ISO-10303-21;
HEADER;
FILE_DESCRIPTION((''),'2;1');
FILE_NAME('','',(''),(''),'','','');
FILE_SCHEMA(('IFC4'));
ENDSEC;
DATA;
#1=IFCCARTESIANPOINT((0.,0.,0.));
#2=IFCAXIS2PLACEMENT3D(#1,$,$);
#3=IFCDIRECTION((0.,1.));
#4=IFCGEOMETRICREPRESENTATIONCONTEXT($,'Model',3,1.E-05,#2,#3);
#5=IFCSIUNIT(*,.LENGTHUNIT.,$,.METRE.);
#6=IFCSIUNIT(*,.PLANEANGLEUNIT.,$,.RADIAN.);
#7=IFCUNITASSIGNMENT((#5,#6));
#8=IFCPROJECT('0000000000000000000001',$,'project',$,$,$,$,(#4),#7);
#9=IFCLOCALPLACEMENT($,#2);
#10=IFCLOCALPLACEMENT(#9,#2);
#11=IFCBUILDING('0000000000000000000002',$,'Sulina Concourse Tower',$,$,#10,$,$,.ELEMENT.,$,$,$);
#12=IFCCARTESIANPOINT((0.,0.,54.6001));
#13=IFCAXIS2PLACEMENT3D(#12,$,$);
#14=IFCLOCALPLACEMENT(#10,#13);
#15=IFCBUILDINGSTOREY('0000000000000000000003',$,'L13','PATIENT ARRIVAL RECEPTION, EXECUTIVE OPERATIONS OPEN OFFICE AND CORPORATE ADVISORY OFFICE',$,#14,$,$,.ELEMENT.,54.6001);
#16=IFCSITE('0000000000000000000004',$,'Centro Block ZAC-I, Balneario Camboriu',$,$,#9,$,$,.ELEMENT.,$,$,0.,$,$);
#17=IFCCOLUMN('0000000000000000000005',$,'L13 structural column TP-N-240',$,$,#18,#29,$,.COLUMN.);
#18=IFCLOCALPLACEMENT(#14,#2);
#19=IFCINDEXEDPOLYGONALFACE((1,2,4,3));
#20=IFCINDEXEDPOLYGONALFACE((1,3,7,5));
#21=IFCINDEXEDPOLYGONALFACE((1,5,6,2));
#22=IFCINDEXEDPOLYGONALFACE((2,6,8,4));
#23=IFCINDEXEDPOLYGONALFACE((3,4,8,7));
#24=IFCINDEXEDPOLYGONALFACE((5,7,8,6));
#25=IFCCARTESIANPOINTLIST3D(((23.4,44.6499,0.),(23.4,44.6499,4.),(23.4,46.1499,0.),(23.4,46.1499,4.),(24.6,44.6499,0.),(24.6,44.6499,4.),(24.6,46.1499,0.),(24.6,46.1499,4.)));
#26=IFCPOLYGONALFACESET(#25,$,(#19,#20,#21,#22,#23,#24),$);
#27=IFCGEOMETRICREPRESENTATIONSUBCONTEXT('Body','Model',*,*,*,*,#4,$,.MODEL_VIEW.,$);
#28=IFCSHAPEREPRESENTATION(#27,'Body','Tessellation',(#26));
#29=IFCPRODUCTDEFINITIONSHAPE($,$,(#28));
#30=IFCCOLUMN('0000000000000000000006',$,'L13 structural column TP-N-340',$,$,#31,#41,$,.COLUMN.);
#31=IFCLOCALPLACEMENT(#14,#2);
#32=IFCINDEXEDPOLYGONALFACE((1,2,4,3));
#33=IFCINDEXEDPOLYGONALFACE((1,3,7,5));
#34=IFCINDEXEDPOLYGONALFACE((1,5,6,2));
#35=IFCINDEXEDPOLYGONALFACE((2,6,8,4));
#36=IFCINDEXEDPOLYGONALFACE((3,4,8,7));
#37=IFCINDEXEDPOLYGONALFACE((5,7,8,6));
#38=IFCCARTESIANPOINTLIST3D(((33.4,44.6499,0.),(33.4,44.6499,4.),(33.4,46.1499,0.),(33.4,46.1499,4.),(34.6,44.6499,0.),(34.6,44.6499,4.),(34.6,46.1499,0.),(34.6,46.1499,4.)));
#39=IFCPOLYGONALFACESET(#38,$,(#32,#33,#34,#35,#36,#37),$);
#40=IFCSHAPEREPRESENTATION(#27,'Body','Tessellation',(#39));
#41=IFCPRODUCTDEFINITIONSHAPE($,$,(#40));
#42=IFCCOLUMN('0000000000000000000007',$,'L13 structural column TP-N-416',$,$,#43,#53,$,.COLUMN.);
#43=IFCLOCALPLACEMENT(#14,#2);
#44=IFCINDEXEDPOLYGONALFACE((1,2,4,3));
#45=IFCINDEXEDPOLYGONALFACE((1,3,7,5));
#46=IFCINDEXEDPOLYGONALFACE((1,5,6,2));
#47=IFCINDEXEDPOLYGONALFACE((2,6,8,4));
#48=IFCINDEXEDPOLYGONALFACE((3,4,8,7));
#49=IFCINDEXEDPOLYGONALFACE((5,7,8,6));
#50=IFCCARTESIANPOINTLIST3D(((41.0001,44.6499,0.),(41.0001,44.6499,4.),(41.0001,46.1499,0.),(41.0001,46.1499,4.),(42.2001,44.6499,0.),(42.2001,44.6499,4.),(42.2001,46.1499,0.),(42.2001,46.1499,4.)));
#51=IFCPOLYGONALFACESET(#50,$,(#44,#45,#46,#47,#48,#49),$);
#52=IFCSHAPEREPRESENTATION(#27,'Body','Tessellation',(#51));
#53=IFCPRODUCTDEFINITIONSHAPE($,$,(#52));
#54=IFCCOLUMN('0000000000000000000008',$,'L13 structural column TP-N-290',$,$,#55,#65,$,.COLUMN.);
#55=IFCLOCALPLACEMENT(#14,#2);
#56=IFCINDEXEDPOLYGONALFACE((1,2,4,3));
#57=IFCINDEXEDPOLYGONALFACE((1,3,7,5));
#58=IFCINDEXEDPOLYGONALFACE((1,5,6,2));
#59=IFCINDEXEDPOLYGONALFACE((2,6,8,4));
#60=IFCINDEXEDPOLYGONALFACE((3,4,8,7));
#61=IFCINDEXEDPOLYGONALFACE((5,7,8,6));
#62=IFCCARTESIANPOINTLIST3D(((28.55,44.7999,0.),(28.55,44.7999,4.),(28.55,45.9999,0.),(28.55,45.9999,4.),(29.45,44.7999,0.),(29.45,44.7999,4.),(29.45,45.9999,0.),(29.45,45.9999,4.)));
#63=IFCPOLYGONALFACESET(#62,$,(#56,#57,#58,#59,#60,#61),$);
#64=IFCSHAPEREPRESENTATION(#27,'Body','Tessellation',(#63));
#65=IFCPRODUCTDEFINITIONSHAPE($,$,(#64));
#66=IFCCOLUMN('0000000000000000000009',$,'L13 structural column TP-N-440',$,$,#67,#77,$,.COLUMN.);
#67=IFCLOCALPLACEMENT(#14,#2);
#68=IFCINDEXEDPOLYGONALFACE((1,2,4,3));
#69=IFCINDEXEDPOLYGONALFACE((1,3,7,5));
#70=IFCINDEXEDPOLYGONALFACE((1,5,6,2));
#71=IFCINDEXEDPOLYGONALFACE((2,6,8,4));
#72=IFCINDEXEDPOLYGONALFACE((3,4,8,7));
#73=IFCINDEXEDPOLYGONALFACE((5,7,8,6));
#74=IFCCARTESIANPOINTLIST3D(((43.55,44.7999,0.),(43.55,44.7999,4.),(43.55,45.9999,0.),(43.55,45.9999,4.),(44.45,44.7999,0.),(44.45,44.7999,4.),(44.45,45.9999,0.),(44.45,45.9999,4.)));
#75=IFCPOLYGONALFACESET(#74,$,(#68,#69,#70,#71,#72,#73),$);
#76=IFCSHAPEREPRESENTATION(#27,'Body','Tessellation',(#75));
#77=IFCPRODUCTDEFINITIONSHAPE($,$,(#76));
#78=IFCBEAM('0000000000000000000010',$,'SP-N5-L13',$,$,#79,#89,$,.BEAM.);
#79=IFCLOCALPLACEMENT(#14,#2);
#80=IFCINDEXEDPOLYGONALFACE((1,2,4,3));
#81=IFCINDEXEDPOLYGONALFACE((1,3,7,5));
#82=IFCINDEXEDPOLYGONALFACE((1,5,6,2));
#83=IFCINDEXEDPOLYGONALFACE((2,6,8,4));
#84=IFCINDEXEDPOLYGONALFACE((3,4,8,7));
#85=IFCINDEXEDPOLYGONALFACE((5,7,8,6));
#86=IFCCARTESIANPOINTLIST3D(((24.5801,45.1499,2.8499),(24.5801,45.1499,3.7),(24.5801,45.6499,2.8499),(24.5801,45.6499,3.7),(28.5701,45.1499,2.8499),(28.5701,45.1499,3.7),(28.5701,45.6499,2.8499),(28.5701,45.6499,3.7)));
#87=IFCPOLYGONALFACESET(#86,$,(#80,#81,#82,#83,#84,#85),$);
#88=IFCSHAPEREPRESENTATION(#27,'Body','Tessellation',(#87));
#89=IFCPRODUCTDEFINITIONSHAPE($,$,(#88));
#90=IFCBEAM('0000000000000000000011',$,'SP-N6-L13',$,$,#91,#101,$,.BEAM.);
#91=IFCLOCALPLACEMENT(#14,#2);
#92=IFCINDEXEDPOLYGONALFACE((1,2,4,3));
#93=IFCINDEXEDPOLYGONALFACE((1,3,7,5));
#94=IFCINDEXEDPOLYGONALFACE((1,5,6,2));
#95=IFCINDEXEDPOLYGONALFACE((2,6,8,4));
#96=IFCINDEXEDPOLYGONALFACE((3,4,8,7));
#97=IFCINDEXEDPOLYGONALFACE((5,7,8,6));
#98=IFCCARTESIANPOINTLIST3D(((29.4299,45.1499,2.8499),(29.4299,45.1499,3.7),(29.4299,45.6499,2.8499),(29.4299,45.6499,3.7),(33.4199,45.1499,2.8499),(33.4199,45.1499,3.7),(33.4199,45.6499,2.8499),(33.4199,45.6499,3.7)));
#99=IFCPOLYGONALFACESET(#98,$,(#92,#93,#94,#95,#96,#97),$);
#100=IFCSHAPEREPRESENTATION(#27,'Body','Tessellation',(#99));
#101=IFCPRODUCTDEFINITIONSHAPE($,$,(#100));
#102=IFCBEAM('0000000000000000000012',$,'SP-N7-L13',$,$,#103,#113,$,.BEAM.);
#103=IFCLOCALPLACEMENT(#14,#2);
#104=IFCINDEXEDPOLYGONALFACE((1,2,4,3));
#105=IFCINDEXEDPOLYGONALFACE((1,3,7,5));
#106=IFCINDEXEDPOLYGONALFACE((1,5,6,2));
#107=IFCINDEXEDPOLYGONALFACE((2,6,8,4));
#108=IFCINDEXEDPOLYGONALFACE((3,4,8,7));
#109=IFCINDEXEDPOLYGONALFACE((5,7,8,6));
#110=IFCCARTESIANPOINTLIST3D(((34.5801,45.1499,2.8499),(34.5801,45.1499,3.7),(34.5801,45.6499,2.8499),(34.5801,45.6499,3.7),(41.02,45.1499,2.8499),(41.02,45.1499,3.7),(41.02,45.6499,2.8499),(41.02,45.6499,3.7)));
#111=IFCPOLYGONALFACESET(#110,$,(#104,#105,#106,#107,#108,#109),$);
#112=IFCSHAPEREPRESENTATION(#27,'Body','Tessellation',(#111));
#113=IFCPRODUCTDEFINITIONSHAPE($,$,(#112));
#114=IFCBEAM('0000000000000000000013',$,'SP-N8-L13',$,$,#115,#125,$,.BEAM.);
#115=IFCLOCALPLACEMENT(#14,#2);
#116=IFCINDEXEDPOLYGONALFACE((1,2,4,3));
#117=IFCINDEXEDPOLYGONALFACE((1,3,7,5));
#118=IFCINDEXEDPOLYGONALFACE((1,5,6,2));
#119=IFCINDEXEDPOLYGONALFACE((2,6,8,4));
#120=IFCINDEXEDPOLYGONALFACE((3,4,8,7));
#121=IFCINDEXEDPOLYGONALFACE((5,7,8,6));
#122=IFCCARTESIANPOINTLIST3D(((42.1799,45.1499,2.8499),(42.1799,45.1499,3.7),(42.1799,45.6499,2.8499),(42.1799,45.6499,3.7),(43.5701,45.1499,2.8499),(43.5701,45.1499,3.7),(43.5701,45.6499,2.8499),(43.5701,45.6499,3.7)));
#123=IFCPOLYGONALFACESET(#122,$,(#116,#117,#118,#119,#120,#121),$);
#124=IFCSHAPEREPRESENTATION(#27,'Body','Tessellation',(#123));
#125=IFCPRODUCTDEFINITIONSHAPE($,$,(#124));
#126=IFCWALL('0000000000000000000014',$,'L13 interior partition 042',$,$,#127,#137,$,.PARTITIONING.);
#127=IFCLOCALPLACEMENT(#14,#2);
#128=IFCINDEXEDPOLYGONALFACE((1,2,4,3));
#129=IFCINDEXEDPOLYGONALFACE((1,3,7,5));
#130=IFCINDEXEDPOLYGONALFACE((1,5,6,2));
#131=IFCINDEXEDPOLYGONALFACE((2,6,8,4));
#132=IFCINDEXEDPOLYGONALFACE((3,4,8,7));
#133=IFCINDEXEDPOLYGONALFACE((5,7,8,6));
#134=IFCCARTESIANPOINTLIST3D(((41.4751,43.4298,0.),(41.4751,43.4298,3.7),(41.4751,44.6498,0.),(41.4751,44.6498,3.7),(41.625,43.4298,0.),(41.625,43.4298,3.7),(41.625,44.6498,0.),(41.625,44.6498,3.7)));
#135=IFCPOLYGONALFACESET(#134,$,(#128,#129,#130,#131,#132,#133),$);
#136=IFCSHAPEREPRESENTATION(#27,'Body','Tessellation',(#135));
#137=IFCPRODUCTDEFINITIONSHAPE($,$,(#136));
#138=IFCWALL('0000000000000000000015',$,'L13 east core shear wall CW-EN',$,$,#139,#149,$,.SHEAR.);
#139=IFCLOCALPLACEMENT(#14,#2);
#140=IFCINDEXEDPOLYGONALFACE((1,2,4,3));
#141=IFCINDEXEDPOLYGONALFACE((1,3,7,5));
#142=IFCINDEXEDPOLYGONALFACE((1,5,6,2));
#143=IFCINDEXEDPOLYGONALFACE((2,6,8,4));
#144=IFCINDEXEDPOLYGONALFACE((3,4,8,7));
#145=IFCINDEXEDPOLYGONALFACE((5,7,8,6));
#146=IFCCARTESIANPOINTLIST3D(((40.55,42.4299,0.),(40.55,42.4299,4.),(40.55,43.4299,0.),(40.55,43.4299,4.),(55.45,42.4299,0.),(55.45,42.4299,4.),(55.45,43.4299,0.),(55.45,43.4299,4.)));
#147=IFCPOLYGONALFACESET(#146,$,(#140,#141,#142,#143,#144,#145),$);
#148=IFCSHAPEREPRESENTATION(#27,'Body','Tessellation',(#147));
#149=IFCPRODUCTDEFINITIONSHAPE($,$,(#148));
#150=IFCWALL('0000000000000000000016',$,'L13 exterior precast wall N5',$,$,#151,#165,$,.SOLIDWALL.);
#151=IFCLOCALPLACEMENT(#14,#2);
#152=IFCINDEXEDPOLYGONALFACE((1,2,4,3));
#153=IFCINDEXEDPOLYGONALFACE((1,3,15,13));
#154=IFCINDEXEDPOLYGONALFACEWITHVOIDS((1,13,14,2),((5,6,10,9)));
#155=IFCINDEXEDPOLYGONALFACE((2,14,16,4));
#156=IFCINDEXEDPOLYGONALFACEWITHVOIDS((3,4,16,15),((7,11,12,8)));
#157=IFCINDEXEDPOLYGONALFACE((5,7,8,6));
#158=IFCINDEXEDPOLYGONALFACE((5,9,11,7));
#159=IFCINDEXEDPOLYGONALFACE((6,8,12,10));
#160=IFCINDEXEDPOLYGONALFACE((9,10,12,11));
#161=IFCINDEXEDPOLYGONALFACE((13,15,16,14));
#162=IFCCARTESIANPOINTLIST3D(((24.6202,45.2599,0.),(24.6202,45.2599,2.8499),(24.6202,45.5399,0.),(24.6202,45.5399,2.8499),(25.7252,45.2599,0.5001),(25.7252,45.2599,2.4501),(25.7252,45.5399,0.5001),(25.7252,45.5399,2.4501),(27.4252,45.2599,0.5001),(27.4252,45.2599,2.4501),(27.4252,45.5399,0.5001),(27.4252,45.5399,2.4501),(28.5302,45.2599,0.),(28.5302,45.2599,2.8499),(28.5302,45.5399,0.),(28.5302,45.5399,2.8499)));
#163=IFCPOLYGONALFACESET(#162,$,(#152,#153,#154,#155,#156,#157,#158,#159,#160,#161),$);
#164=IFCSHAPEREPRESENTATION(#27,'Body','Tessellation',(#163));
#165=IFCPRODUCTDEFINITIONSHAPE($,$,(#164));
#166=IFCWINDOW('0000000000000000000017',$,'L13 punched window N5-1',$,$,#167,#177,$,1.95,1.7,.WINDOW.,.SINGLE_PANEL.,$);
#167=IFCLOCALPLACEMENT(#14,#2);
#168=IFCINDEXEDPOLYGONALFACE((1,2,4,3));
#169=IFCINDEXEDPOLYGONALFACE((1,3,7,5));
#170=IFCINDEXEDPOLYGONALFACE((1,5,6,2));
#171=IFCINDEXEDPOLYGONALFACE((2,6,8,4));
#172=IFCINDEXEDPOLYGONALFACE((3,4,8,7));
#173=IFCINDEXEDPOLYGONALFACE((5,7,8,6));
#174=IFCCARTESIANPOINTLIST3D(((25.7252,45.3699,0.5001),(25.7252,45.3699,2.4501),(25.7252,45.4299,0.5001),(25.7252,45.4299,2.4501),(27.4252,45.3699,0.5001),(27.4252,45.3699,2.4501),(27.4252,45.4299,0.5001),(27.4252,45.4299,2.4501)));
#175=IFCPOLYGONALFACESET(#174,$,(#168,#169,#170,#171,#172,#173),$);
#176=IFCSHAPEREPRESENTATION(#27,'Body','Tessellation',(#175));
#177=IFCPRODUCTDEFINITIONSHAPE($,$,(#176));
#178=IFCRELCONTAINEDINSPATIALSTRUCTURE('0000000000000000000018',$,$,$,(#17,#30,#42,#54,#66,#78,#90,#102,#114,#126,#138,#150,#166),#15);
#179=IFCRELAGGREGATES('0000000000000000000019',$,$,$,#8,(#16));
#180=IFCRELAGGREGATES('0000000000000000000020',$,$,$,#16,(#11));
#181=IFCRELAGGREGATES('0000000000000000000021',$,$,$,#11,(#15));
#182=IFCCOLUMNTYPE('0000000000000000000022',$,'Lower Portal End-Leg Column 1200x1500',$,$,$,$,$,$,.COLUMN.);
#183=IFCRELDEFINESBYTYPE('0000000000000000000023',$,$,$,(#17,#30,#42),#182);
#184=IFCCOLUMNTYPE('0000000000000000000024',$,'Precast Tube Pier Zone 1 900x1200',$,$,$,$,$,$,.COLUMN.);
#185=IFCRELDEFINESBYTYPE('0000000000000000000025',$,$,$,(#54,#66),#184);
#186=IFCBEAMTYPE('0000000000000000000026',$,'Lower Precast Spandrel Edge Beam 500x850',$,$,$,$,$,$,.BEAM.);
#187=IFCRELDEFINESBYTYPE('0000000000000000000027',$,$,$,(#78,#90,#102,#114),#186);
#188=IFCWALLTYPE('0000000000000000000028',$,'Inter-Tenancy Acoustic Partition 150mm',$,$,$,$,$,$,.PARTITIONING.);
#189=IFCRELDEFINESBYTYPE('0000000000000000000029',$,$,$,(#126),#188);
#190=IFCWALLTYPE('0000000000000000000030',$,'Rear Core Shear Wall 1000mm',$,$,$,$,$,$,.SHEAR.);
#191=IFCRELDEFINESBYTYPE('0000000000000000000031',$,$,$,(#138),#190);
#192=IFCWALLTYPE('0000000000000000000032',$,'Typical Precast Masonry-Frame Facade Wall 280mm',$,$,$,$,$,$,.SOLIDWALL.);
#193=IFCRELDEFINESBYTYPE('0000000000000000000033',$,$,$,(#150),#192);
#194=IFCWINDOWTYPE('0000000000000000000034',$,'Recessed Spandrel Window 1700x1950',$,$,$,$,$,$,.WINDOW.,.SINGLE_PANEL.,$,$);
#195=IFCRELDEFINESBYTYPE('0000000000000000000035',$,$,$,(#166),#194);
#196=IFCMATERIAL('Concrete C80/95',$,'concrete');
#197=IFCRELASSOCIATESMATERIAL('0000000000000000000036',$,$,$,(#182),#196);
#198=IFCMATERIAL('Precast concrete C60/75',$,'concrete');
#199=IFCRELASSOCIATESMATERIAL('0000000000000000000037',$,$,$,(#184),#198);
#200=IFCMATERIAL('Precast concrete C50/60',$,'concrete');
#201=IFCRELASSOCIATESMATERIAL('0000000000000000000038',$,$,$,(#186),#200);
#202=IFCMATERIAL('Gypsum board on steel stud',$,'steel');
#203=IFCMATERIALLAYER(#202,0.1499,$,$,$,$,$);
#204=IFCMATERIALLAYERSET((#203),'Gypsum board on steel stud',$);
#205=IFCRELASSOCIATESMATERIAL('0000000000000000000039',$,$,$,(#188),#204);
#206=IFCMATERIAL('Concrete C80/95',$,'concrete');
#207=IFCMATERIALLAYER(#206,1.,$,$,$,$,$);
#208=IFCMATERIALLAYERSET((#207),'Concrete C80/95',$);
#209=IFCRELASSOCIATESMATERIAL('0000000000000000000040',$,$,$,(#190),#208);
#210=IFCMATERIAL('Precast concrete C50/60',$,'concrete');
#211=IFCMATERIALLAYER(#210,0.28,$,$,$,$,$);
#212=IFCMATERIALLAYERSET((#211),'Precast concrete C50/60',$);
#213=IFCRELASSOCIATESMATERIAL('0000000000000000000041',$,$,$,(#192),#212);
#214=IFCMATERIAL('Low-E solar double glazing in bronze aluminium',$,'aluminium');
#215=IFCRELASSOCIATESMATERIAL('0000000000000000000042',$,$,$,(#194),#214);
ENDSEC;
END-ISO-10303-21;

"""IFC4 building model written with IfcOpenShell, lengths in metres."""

from ifc_helpers import new_model, si_unit, direction, frame, frame_2d, origin, origin_2d, place, context, subcontext, project, spatial, rectangle, extrude, material, layer, layer_set, material_profile, profile_set, type_object, element, fill, save


model = new_model("IFC4")

# Units and contexts
model_context = context("Model", 3, precision=1e-05, world=origin(), true_north=direction((0.0, 1.0)))
body_context = subcontext(model_context, "Body", "Model", "MODEL_VIEW")
ifc_project = project(units=[si_unit("LENGTHUNIT", "METRE"), si_unit("PLANEANGLEUNIT", "RADIAN")], contexts=[model_context])

# Site, building, storey
site_placement = place(None, origin())
site = spatial("IfcSite", under=ifc_project, at=site_placement, Name="Centro Block ZAC-I, Balneario Camboriu", CompositionType="ELEMENT", RefElevation=0.0)
building_placement = place(site_placement, origin())
building = spatial("IfcBuilding", under=site, at=building_placement, Name="Sulina Concourse Tower", CompositionType="ELEMENT")
storey_placement = place(building_placement, frame((0.0, 0.0, 54.6001)))
storey = spatial("IfcBuildingStorey", under=building, at=storey_placement, Name="L13", Description="PATIENT ARRIVAL RECEPTION, EXECUTIVE OPERATIONS OPEN OFFICE AND CORPORATE ADVISORY OFFICE", CompositionType="ELEMENT", Elevation=54.6001)

# Columns
ifc_material_1 = material(Name="Concrete C80/95", Category="concrete")
ifc_material_profile_1 = material_profile(ifc_material_1, rectangle(XDim=1.2, YDim=1.5, at=origin_2d()), Name="RC 1200x1500")
ifc_profile_set_1 = profile_set([ifc_material_profile_1], Name="Concrete C80/95")
column_type_1 = type_object("IfcColumnType", Name="Lower Portal End-Leg Column 1200x1500", PredefinedType="COLUMN", material=ifc_profile_set_1)
for number, where, z_axis, x_axis, name in (
    (1, (24.0, 45.3999, 0.0), (0.0, 0.0, 1.0), (1.0, 0.0, 0.0), "L13 structural column TP-N-240"),
    (2, (34.0, 45.3999, 0.0), (0.0, 0.0, 1.0), (1.0, 0.0, 0.0), "L13 structural column TP-N-340"),
    (3, (41.6001, 45.3999, 0.0), (0.0, 0.0, 1.0), (1.0, 0.0, 0.0), "L13 structural column TP-N-416"),
):
    element("IfcColumn", number, at=place(storey_placement, frame(where, z_axis=z_axis, x_axis=x_axis)), inside=storey, type_object=column_type_1, Name=name, PredefinedType="COLUMN", context=body_context, shape_type="SweptSolid", body=[
        extrude(rectangle(XDim=1.2, YDim=1.5, at=origin_2d()), origin(), (0.0, 0.0, 1.0), 4.0),
    ])
ifc_material_2 = material(Name="Precast concrete C60/75", Category="concrete")
ifc_material_profile_2 = material_profile(ifc_material_2, rectangle(XDim=0.8999, YDim=1.2, at=origin_2d()), Name="PC 900x1200")
ifc_profile_set_2 = profile_set([ifc_material_profile_2], Name="Precast concrete C60/75")
column_type_2 = type_object("IfcColumnType", Name="Precast Tube Pier Zone 1 900x1200", PredefinedType="COLUMN", material=ifc_profile_set_2)
for number, where, z_axis, x_axis, name in (
    (4, (29.0, 45.3999, 0.0), (0.0, 0.0, 1.0), (1.0, 0.0, 0.0), "L13 structural column TP-N-290"),
    (5, (44.0, 45.3999, 0.0), (0.0, 0.0, 1.0), (1.0, 0.0, 0.0), "L13 structural column TP-N-440"),
):
    element("IfcColumn", number, at=place(storey_placement, frame(where, z_axis=z_axis, x_axis=x_axis)), inside=storey, type_object=column_type_2, Name=name, PredefinedType="COLUMN", context=body_context, shape_type="SweptSolid", body=[
        extrude(rectangle(XDim=0.8999, YDim=1.2, at=origin_2d()), origin(), (0.0, 0.0, 1.0), 4.0),
    ])

# Beams
ifc_material_3 = material(Name="Precast concrete C50/60", Category="concrete")
ifc_material_profile_3 = material_profile(ifc_material_3, rectangle(XDim=0.5, YDim=0.8501, at=origin_2d()), Name="RC 500x850")
ifc_profile_set_3 = profile_set([ifc_material_profile_3], Name="Precast concrete C50/60")
beam_type = type_object("IfcBeamType", Name="Lower Precast Spandrel Edge Beam 500x850", PredefinedType="BEAM", material=ifc_profile_set_3)
for number, where, z_axis, x_axis, name in (
    (6, (24.5801, 45.3999, 3.2749), (1.0, 0.0, 0.0), (0.0, 1.0, 0.0), "SP-N5-L13"),
    (7, (29.4299, 45.3999, 3.2749), (1.0, 0.0, 0.0), (0.0, 1.0, 0.0), "SP-N6-L13"),
):
    element("IfcBeam", number, at=place(storey_placement, frame(where, z_axis=z_axis, x_axis=x_axis)), inside=storey, type_object=beam_type, Name=name, PredefinedType="BEAM", context=body_context, shape_type="SweptSolid", body=[
        extrude(rectangle(XDim=0.5, YDim=0.8501, at=origin_2d()), origin(), (0.0, 0.0, 1.0), 3.99),
    ])
beam_1_placement = place(storey_placement, frame((34.5801, 45.3999, 3.2749), z_axis=(1.0, 0.0, 0.0), x_axis=(0.0, 1.0, 0.0)))
element("IfcBeam", 8, at=beam_1_placement, inside=storey, type_object=beam_type, Name="SP-N7-L13", PredefinedType="BEAM", context=body_context, shape_type="SweptSolid", body=[
    extrude(rectangle(XDim=0.5, YDim=0.8501, at=origin_2d()), origin(), (0.0, 0.0, 1.0), 6.4399),
])
beam_2_placement = place(storey_placement, frame((42.1799, 45.3999, 3.2749), z_axis=(1.0, 0.0, 0.0), x_axis=(0.0, 1.0, 0.0)))
element("IfcBeam", 9, at=beam_2_placement, inside=storey, type_object=beam_type, Name="SP-N8-L13", PredefinedType="BEAM", context=body_context, shape_type="SweptSolid", body=[
    extrude(rectangle(XDim=0.5, YDim=0.8501, at=origin_2d()), origin(), (0.0, 0.0, 1.0), 1.3901),
])

# Walls
ifc_material_4 = material(Name="Gypsum board on steel stud", Category="steel")
ifc_layer_1 = layer(ifc_material_4, 0.1499)
ifc_layer_set_1 = layer_set([ifc_layer_1], Name="Gypsum board on steel stud")
wall_type_1 = type_object("IfcWallType", Name="Inter-Tenancy Acoustic Partition 150mm", PredefinedType="PARTITIONING", material=ifc_layer_set_1)
wall_1_placement = place(storey_placement, frame((41.55, 43.4299, 0.0), z_axis=(0.0, 0.0, 1.0), x_axis=(0.0, 1.0, 0.0)))
element("IfcWall", 10, at=wall_1_placement, inside=storey, type_object=wall_type_1, Name="L13 interior partition 042", PredefinedType="PARTITIONING", context=body_context, shape_type="SweptSolid", body=[
    extrude(rectangle(XDim=1.22, YDim=0.1499, at=frame_2d((0.6099, 0.0))), origin(), (0.0, 0.0, 1.0), 3.7),
])
ifc_material_5 = material(Name="Concrete C80/95", Category="concrete")
ifc_layer_2 = layer(ifc_material_5, 1.0)
ifc_layer_set_2 = layer_set([ifc_layer_2], Name="Concrete C80/95")
wall_type_2 = type_object("IfcWallType", Name="Rear Core Shear Wall 1000mm", PredefinedType="SHEAR", material=ifc_layer_set_2)
wall_2_placement = place(storey_placement, frame((40.55, 42.9299, 0.0), z_axis=(0.0, 0.0, 1.0), x_axis=(1.0, 0.0, 0.0)))
element("IfcWall", 11, at=wall_2_placement, inside=storey, type_object=wall_type_2, Name="L13 east core shear wall CW-EN", PredefinedType="SHEAR", context=body_context, shape_type="SweptSolid", body=[
    extrude(rectangle(XDim=14.8999, YDim=1.0, at=frame_2d((7.45, 0.0))), origin(), (0.0, 0.0, 1.0), 4.0),
])

# Wall, opening, window
ifc_material_6 = material(Name="Precast concrete C50/60", Category="concrete")
ifc_layer_3 = layer(ifc_material_6, 0.28)
ifc_layer_set_3 = layer_set([ifc_layer_3], Name="Precast concrete C50/60")
wall_type_3 = type_object("IfcWallType", Name="Typical Precast Masonry-Frame Facade Wall 280mm", PredefinedType="SOLIDWALL", material=ifc_layer_set_3)
wall_3_placement = place(storey_placement, frame((24.6201, 45.3999, 0.0), z_axis=(0.0, 0.0, 1.0), x_axis=(1.0, 0.0, 0.0)))
wall_3 = element("IfcWall", 12, at=wall_3_placement, inside=storey, type_object=wall_type_3, Name="L13 exterior precast wall N5", PredefinedType="SOLIDWALL", context=body_context, shape_type="SweptSolid", body=[
    extrude(rectangle(XDim=3.9099, YDim=0.28, at=frame_2d((1.9551, 0.0))), origin(), (0.0, 0.0, 1.0), 2.8499),
])
opening_1_placement = place(wall_3_placement, frame((1.105, 0.0, 0.5)))
opening_1 = element("IfcOpeningElement", 13, at=opening_1_placement, cuts=wall_3, PredefinedType="OPENING", context=body_context, shape_type="SweptSolid", body=[
    extrude(rectangle(XDim=1.7, YDim=1.95, at=frame_2d((0.8501, 0.9751))), frame((0.0, 0.1499, 0.0), z_axis=(0.0, -1.0, 0.0), x_axis=(1.0, 0.0, 0.0)), (0.0, 0.0, 1.0), 0.3),
])
ifc_material_7 = material(Name="Low-E solar double glazing in bronze aluminium", Category="aluminium")
window_type = type_object("IfcWindowType", Name="Recessed Spandrel Window 1700x1950", PartitioningType="SINGLE_PANEL", PredefinedType="WINDOW", material=ifc_material_7)
window_1_placement = place(opening_1_placement, origin())
window_1 = element("IfcWindow", 14, at=window_1_placement, inside=storey, type_object=window_type, Name="L13 punched window N5-1", OverallHeight=1.95, OverallWidth=1.7, PartitioningType="SINGLE_PANEL", PredefinedType="WINDOW", context=body_context, shape_type="SweptSolid", body=[
    extrude(rectangle(XDim=1.7, YDim=1.95, at=frame_2d((0.8501, 0.9751))), frame((0.0, 0.03, 0.0), z_axis=(0.0, -1.0, 0.0), x_axis=(1.0, 0.0, 0.0)), (0.0, 0.0, 1.0), 0.0601),
])
fill(opening_1, window_1)

save(model, "model.ifc")
